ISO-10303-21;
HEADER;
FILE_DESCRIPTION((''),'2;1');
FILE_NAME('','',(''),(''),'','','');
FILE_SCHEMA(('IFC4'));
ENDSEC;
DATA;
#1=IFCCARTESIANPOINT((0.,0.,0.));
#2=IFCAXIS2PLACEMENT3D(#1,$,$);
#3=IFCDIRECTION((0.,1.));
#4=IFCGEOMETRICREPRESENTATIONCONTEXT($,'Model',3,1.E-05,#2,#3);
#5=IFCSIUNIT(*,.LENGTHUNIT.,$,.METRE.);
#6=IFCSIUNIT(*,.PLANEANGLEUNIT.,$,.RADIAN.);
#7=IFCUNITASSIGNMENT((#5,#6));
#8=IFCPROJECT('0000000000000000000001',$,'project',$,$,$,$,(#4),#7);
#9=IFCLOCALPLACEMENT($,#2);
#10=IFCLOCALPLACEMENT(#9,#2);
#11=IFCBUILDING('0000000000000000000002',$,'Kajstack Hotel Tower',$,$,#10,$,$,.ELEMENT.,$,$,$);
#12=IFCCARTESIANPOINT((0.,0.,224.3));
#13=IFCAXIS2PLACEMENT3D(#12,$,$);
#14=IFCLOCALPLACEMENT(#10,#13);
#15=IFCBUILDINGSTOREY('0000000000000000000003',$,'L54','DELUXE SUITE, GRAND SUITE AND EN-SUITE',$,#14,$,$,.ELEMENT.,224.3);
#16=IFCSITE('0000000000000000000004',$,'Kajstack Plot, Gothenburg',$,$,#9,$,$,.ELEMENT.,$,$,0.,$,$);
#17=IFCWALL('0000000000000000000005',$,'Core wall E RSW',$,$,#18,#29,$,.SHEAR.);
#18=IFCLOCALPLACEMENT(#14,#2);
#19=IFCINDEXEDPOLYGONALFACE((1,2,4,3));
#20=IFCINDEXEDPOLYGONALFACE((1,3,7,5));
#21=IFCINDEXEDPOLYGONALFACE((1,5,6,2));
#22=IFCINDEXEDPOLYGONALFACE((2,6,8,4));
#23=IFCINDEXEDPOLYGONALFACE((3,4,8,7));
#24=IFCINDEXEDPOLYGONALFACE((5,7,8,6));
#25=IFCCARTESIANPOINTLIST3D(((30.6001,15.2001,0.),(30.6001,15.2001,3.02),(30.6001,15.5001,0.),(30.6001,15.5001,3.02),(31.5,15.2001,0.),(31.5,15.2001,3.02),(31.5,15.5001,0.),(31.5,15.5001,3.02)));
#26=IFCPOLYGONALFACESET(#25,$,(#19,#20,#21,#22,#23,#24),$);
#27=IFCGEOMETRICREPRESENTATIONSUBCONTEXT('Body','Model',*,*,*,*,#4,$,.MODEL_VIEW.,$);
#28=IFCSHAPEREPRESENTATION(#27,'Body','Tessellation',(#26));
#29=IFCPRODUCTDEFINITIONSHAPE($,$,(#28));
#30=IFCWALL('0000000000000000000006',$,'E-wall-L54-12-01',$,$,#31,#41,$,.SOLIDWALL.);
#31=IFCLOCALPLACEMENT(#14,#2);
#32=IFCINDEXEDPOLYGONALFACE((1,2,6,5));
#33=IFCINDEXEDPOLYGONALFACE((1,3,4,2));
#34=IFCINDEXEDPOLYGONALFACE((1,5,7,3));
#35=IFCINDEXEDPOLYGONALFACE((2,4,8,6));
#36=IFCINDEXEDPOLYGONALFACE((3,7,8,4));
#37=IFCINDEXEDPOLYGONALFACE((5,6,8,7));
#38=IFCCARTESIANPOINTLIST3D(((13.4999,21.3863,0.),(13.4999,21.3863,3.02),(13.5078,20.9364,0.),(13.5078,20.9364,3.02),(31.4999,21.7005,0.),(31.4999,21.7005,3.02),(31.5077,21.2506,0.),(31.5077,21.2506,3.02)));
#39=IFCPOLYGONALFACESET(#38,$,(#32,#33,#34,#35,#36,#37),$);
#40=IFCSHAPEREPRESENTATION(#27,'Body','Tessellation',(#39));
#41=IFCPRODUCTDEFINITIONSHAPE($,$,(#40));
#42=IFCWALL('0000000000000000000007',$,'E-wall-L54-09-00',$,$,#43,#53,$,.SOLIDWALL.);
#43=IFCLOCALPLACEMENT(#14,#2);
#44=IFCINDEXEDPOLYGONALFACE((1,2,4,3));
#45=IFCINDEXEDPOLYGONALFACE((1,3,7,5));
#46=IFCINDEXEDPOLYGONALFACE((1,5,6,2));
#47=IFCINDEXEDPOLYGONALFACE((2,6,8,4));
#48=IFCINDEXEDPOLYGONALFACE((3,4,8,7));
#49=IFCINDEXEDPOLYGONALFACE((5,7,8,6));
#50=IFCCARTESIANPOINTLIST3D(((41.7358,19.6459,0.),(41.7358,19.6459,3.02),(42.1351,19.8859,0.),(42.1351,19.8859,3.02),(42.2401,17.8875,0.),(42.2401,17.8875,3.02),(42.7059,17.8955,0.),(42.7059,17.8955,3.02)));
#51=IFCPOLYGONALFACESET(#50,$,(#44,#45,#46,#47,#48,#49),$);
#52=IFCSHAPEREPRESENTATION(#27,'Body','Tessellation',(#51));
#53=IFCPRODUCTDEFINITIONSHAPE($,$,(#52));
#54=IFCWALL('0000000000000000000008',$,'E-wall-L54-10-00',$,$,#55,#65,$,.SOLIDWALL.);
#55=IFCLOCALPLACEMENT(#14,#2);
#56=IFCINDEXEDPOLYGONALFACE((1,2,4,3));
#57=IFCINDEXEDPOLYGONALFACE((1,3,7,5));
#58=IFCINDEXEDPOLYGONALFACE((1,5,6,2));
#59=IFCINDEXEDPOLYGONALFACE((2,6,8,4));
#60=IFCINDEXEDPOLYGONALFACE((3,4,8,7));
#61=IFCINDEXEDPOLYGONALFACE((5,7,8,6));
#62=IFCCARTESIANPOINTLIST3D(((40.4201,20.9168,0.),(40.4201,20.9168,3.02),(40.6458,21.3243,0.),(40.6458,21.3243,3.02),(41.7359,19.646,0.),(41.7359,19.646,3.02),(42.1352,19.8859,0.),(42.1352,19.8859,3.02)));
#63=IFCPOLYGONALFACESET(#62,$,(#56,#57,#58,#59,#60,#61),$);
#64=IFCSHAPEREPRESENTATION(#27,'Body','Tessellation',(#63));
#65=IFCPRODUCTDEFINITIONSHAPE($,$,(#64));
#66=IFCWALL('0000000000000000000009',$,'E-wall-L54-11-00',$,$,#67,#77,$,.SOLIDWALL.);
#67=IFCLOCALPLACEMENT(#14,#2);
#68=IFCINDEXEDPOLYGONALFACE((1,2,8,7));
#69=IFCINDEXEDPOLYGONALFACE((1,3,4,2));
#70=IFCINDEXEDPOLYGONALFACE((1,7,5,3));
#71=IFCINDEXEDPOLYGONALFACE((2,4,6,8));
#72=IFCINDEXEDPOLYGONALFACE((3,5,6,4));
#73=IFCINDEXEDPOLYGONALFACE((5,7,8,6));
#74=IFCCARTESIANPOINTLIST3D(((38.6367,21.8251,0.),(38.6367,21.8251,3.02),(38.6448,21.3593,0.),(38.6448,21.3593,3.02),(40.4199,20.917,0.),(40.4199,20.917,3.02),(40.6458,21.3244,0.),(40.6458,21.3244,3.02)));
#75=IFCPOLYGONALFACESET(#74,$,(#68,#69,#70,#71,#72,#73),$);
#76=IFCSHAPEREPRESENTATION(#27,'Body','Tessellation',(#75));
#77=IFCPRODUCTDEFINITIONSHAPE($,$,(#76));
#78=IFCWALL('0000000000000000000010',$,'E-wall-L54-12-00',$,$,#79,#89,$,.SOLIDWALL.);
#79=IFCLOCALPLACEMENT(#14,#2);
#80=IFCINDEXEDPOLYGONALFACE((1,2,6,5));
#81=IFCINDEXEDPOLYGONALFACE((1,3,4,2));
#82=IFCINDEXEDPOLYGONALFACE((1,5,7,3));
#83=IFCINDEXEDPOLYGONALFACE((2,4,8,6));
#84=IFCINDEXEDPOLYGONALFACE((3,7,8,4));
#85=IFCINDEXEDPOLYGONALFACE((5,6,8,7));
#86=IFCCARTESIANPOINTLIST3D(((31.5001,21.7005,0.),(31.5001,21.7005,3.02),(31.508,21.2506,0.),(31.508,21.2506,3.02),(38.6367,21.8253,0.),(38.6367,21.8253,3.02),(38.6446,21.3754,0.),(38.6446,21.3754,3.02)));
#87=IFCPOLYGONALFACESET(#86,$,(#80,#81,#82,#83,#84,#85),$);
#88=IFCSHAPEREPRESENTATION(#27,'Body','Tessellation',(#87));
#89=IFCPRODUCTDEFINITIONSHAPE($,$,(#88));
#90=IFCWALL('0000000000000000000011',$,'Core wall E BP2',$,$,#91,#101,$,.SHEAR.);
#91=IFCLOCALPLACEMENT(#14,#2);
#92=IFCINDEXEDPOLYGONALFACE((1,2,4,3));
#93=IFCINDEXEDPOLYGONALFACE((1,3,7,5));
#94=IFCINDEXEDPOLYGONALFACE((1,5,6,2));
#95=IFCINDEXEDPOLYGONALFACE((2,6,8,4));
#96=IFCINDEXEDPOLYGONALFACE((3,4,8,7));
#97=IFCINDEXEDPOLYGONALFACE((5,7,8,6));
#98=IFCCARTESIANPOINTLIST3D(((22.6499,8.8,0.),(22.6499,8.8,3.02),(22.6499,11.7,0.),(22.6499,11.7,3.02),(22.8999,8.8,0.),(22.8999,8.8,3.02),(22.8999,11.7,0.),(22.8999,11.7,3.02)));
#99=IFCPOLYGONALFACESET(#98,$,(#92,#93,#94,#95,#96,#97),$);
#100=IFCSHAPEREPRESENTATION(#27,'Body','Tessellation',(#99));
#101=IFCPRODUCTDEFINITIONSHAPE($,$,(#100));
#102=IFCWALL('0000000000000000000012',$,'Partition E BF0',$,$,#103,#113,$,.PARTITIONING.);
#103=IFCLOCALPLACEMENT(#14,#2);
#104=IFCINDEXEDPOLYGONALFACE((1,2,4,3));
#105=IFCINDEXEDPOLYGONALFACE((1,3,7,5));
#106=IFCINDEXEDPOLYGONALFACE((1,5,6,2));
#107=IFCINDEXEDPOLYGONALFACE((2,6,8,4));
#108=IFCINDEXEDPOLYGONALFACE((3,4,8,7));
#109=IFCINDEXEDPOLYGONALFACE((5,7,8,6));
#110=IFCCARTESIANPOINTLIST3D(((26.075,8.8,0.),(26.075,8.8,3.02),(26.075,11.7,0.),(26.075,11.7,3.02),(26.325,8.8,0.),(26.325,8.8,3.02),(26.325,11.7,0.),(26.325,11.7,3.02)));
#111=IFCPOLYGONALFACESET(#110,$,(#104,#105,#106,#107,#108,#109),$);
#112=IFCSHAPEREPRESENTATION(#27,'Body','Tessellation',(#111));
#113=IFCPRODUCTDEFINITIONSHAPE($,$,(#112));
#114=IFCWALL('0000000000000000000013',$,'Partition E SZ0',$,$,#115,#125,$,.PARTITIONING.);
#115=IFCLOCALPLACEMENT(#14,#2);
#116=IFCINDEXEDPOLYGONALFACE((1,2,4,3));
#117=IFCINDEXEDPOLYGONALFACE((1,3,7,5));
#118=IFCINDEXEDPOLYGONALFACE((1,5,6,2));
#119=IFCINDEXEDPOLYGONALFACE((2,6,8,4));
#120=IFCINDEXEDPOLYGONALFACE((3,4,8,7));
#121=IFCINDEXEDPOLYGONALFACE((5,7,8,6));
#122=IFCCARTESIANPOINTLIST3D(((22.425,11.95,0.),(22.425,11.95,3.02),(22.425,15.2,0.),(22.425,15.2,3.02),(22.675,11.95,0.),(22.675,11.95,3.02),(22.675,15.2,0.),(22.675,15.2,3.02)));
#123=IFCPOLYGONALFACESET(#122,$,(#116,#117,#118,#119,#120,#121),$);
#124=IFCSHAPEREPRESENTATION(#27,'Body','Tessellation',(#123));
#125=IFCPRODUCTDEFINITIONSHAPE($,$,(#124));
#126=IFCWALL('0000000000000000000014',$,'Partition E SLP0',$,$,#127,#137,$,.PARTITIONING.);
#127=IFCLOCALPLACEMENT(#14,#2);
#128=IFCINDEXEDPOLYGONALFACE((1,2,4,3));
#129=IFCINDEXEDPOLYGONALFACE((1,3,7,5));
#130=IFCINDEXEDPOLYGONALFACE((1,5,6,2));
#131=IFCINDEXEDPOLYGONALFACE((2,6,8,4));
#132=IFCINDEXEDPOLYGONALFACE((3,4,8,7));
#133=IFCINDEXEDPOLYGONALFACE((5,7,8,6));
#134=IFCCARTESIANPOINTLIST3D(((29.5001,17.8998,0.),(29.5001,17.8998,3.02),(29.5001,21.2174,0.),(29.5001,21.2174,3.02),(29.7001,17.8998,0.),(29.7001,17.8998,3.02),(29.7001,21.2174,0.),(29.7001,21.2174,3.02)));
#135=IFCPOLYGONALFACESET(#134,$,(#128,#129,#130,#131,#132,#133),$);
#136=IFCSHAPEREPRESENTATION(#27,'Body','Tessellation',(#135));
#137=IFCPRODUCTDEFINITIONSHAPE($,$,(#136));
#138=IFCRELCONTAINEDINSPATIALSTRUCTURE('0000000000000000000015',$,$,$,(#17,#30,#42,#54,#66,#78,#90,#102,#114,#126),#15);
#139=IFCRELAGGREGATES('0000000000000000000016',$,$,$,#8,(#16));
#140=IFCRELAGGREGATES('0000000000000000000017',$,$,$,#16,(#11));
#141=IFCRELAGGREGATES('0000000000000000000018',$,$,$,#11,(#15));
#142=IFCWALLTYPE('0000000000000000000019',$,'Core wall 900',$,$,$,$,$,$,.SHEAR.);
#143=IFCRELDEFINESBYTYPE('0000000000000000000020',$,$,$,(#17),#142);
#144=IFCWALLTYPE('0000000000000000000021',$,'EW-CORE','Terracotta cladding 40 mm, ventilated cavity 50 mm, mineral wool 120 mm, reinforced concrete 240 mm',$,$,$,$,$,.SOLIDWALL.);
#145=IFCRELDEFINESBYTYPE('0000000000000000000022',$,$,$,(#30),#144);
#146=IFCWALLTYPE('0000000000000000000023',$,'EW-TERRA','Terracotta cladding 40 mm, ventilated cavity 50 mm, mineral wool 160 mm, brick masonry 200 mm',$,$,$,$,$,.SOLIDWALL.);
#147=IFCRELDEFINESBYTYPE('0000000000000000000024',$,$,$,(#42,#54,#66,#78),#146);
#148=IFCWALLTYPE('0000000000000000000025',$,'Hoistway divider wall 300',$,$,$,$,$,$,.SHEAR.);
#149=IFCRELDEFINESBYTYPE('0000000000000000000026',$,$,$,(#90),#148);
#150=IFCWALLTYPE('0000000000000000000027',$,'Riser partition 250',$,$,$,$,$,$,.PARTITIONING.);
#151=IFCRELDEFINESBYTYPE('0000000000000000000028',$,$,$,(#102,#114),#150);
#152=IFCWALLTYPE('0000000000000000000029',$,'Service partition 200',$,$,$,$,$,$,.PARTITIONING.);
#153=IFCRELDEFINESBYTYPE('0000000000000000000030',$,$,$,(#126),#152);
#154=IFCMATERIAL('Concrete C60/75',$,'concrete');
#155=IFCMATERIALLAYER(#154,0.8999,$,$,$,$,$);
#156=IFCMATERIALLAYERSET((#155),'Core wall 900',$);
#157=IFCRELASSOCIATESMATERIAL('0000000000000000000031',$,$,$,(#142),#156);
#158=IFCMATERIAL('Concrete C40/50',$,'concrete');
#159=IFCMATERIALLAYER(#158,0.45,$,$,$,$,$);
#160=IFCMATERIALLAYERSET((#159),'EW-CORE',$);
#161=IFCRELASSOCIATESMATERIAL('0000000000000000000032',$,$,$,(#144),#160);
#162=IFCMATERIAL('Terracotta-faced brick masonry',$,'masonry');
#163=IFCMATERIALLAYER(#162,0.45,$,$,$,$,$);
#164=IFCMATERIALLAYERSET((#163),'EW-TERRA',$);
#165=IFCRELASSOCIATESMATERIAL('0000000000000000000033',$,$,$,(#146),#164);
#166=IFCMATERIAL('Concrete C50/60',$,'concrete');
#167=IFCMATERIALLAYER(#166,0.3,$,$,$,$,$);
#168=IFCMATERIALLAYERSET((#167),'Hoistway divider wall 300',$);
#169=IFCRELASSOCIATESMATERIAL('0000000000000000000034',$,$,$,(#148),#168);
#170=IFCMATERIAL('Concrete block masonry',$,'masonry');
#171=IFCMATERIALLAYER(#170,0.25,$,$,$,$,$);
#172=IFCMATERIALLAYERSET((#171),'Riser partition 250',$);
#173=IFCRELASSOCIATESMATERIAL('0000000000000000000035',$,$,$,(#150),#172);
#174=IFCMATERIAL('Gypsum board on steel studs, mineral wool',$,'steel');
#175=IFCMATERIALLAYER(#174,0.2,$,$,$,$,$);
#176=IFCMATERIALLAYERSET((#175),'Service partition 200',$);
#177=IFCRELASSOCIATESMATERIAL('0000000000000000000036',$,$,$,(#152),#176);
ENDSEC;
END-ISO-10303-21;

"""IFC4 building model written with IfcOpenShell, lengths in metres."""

from ifc_helpers import new_model, si_unit, direction, frame, frame_2d, origin, place, context, subcontext, project, spatial, polyline, rectangle, outline, extrude, material, layer, layer_set, type_object, element, save


model = new_model("IFC4")

# Units and contexts
model_context = context("Model", 3, precision=1e-05, world=origin(), true_north=direction((0.0, 1.0)))
body_context = subcontext(model_context, "Body", "Model", "MODEL_VIEW")
ifc_project = project(units=[si_unit("LENGTHUNIT", "METRE"), si_unit("PLANEANGLEUNIT", "RADIAN")], contexts=[model_context])

# Site, building, storey
site_placement = place(None, origin())
site = spatial("IfcSite", under=ifc_project, at=site_placement, Name="Kajstack Plot, Gothenburg", CompositionType="ELEMENT", RefElevation=0.0)
building_placement = place(site_placement, origin())
building = spatial("IfcBuilding", under=site, at=building_placement, Name="Kajstack Hotel Tower", CompositionType="ELEMENT")
storey_placement = place(building_placement, frame((0.0, 0.0, 224.3)))
storey = spatial("IfcBuildingStorey", under=building, at=storey_placement, Name="L54", Description="DELUXE SUITE, GRAND SUITE AND EN-SUITE", CompositionType="ELEMENT", Elevation=224.3)

# Walls
ifc_material_1 = material(Name="Concrete C60/75", Category="concrete")
ifc_layer_1 = layer(ifc_material_1, 0.8999)
ifc_layer_set_1 = layer_set([ifc_layer_1], Name="Core wall 900")
wall_type_1 = type_object("IfcWallType", Name="Core wall 900", PredefinedType="SHEAR", material=ifc_layer_set_1)
wall_1_placement = place(storey_placement, frame((30.6001, 15.3501, 0.0), z_axis=(0.0, 0.0, 1.0), x_axis=(1.0, 0.0, 0.0)))
element("IfcWall", 1, at=wall_1_placement, inside=storey, type_object=wall_type_1, Name="Core wall E RSW", PredefinedType="SHEAR", context=body_context, shape_type="SweptSolid", body=[
    extrude(rectangle(XDim=0.8999, YDim=0.3, at=frame_2d((0.45, 0.0))), origin(), (0.0, 0.0, 1.0), 3.02),
])
ifc_material_2 = material(Name="Concrete C40/50", Category="concrete")
ifc_layer_2 = layer(ifc_material_2, 0.45)
ifc_layer_set_2 = layer_set([ifc_layer_2], Name="EW-CORE")
wall_type_2 = type_object("IfcWallType", Name="EW-CORE", Description="Terracotta cladding 40 mm, ventilated cavity 50 mm, mineral wool 120 mm, reinforced concrete 240 mm", PredefinedType="SOLIDWALL", material=ifc_layer_set_2)
wall_2_placement = place(storey_placement, frame((31.5039, 21.4756, 0.0), z_axis=(0.0, 0.0, 1.0), x_axis=(-0.999848, -0.017453, 0.0)))
element("IfcWall", 2, at=wall_2_placement, inside=storey, type_object=wall_type_2, Name="E-wall-L54-12-01", PredefinedType="SOLIDWALL", context=body_context, shape_type="SweptSolid", body=[
    extrude(rectangle(XDim=18.0027, YDim=0.45, at=frame_2d((9.0015, 0.0))), origin(), (0.0, 0.0, 1.0), 3.02),
])
ifc_material_3 = material(Name="Terracotta-faced brick masonry", Category="masonry")
ifc_layer_3 = layer(ifc_material_3, 0.45)
ifc_layer_set_3 = layer_set([ifc_layer_3], Name="EW-TERRA")
wall_type_3 = type_object("IfcWallType", Name="EW-TERRA", Description="Terracotta cladding 40 mm, ventilated cavity 50 mm, mineral wool 160 mm, brick masonry 200 mm", PredefinedType="SOLIDWALL", material=ifc_layer_set_3)
wall_3_placement = place(storey_placement, frame((42.4895, 17.8335, 0.0), z_axis=(0.0, 0.0, 1.0), x_axis=(-0.275546, 0.961288, 0.0)))
element("IfcWall", 3, at=wall_3_placement, inside=storey, type_object=wall_type_3, Name="E-wall-L54-09-00", PredefinedType="SOLIDWALL", context=body_context, shape_type="SweptSolid", body=[
    extrude(outline(polyline([(0.0, -0.2251), (2.0706, -0.2249), (1.95, 0.2251), (0.1206, 0.2249), (0.0, -0.2251)])), origin(), (0.0, 0.0, 1.0), 3.02),
])
wall_4_placement = place(storey_placement, frame((41.979, 19.7241, 0.0), z_axis=(0.0, 0.0, 1.0), x_axis=(-0.719379, 0.694618, 0.0)))
element("IfcWall", 4, at=wall_4_placement, inside=storey, type_object=wall_type_3, Name="E-wall-L54-10-00", PredefinedType="SOLIDWALL", context=body_context, shape_type="SweptSolid", body=[
    extrude(outline(polyline([(0.0, -0.2249), (2.0706, -0.2251), (1.95, 0.2249), (0.1206, 0.2251), (0.0, -0.2249)])), origin(), (0.0, 0.0, 1.0), 3.02),
])
wall_5_placement = place(storey_placement, frame((40.5913, 21.106, 0.0), z_axis=(0.0, 0.0, 1.0), x_axis=(-0.970288, 0.241953, 0.0)))
element("IfcWall", 5, at=wall_5_placement, inside=storey, type_object=wall_type_3, Name="E-wall-L54-11-00", PredefinedType="SOLIDWALL", context=body_context, shape_type="SweptSolid", body=[
    extrude(outline(polyline([(0.0, -0.2251), (2.0706, -0.2249), (1.95, 0.2251), (0.1206, 0.2249), (0.0, -0.2251)])), origin(), (0.0, 0.0, 1.0), 3.02),
])
wall_6_placement = place(storey_placement, frame((38.6406, 21.6003, 0.0), z_axis=(0.0, 0.0, 1.0), x_axis=(-0.999847, -0.017478, 0.0)))
element("IfcWall", 6, at=wall_6_placement, inside=storey, type_object=wall_type_3, Name="E-wall-L54-12-00", PredefinedType="SOLIDWALL", context=body_context, shape_type="SweptSolid", body=[
    extrude(rectangle(XDim=7.1377, YDim=0.45, at=frame_2d((3.5688, 0.0))), origin(), (0.0, 0.0, 1.0), 3.02),
])
ifc_material_4 = material(Name="Concrete C50/60", Category="concrete")
ifc_layer_4 = layer(ifc_material_4, 0.3)
ifc_layer_set_4 = layer_set([ifc_layer_4], Name="Hoistway divider wall 300")
wall_type_4 = type_object("IfcWallType", Name="Hoistway divider wall 300", PredefinedType="SHEAR", material=ifc_layer_set_4)
wall_7_placement = place(storey_placement, frame((22.7749, 8.8, 0.0), z_axis=(0.0, 0.0, 1.0), x_axis=(0.0, 1.0, 0.0)))
element("IfcWall", 7, at=wall_7_placement, inside=storey, type_object=wall_type_4, Name="Core wall E BP2", PredefinedType="SHEAR", context=body_context, shape_type="SweptSolid", body=[
    extrude(rectangle(XDim=2.8999, YDim=0.25, at=frame_2d((1.45, 0.0))), origin(), (0.0, 0.0, 1.0), 3.02),
])
ifc_material_5 = material(Name="Concrete block masonry", Category="masonry")
ifc_layer_5 = layer(ifc_material_5, 0.25)
ifc_layer_set_5 = layer_set([ifc_layer_5], Name="Riser partition 250")
wall_type_5 = type_object("IfcWallType", Name="Riser partition 250", PredefinedType="PARTITIONING", material=ifc_layer_set_5)
wall_8_placement = place(storey_placement, frame((26.2, 8.8, 0.0), z_axis=(0.0, 0.0, 1.0), x_axis=(0.0, 1.0, 0.0)))
element("IfcWall", 8, at=wall_8_placement, inside=storey, type_object=wall_type_5, Name="Partition E BF0", PredefinedType="PARTITIONING", context=body_context, shape_type="SweptSolid", body=[
    extrude(rectangle(XDim=2.8999, YDim=0.25, at=frame_2d((1.45, 0.0))), origin(), (0.0, 0.0, 1.0), 3.02),
])
wall_9_placement = place(storey_placement, frame((22.55, 11.95, 0.0), z_axis=(0.0, 0.0, 1.0), x_axis=(0.0, 1.0, 0.0)))
element("IfcWall", 9, at=wall_9_placement, inside=storey, type_object=wall_type_5, Name="Partition E SZ0", PredefinedType="PARTITIONING", context=body_context, shape_type="SweptSolid", body=[
    extrude(rectangle(XDim=3.25, YDim=0.25, at=frame_2d((1.625, 0.0))), origin(), (0.0, 0.0, 1.0), 3.02),
])
ifc_material_6 = material(Name="Gypsum board on steel studs, mineral wool", Category="steel")
ifc_layer_6 = layer(ifc_material_6, 0.2)
ifc_layer_set_6 = layer_set([ifc_layer_6], Name="Service partition 200")
wall_type_6 = type_object("IfcWallType", Name="Service partition 200", PredefinedType="PARTITIONING", material=ifc_layer_set_6)
wall_10_placement = place(storey_placement, frame((29.6001, 17.8999, 0.0), z_axis=(0.0, 0.0, 1.0), x_axis=(0.0, 1.0, 0.0)))
element("IfcWall", 10, at=wall_10_placement, inside=storey, type_object=wall_type_6, Name="Partition E SLP0", PredefinedType="PARTITIONING", context=body_context, shape_type="SweptSolid", body=[
    extrude(rectangle(XDim=3.3176, YDim=0.2, at=frame_2d((1.6587, 0.0))), origin(), (0.0, 0.0, 1.0), 3.02),
])

save(model, "model.ifc")
